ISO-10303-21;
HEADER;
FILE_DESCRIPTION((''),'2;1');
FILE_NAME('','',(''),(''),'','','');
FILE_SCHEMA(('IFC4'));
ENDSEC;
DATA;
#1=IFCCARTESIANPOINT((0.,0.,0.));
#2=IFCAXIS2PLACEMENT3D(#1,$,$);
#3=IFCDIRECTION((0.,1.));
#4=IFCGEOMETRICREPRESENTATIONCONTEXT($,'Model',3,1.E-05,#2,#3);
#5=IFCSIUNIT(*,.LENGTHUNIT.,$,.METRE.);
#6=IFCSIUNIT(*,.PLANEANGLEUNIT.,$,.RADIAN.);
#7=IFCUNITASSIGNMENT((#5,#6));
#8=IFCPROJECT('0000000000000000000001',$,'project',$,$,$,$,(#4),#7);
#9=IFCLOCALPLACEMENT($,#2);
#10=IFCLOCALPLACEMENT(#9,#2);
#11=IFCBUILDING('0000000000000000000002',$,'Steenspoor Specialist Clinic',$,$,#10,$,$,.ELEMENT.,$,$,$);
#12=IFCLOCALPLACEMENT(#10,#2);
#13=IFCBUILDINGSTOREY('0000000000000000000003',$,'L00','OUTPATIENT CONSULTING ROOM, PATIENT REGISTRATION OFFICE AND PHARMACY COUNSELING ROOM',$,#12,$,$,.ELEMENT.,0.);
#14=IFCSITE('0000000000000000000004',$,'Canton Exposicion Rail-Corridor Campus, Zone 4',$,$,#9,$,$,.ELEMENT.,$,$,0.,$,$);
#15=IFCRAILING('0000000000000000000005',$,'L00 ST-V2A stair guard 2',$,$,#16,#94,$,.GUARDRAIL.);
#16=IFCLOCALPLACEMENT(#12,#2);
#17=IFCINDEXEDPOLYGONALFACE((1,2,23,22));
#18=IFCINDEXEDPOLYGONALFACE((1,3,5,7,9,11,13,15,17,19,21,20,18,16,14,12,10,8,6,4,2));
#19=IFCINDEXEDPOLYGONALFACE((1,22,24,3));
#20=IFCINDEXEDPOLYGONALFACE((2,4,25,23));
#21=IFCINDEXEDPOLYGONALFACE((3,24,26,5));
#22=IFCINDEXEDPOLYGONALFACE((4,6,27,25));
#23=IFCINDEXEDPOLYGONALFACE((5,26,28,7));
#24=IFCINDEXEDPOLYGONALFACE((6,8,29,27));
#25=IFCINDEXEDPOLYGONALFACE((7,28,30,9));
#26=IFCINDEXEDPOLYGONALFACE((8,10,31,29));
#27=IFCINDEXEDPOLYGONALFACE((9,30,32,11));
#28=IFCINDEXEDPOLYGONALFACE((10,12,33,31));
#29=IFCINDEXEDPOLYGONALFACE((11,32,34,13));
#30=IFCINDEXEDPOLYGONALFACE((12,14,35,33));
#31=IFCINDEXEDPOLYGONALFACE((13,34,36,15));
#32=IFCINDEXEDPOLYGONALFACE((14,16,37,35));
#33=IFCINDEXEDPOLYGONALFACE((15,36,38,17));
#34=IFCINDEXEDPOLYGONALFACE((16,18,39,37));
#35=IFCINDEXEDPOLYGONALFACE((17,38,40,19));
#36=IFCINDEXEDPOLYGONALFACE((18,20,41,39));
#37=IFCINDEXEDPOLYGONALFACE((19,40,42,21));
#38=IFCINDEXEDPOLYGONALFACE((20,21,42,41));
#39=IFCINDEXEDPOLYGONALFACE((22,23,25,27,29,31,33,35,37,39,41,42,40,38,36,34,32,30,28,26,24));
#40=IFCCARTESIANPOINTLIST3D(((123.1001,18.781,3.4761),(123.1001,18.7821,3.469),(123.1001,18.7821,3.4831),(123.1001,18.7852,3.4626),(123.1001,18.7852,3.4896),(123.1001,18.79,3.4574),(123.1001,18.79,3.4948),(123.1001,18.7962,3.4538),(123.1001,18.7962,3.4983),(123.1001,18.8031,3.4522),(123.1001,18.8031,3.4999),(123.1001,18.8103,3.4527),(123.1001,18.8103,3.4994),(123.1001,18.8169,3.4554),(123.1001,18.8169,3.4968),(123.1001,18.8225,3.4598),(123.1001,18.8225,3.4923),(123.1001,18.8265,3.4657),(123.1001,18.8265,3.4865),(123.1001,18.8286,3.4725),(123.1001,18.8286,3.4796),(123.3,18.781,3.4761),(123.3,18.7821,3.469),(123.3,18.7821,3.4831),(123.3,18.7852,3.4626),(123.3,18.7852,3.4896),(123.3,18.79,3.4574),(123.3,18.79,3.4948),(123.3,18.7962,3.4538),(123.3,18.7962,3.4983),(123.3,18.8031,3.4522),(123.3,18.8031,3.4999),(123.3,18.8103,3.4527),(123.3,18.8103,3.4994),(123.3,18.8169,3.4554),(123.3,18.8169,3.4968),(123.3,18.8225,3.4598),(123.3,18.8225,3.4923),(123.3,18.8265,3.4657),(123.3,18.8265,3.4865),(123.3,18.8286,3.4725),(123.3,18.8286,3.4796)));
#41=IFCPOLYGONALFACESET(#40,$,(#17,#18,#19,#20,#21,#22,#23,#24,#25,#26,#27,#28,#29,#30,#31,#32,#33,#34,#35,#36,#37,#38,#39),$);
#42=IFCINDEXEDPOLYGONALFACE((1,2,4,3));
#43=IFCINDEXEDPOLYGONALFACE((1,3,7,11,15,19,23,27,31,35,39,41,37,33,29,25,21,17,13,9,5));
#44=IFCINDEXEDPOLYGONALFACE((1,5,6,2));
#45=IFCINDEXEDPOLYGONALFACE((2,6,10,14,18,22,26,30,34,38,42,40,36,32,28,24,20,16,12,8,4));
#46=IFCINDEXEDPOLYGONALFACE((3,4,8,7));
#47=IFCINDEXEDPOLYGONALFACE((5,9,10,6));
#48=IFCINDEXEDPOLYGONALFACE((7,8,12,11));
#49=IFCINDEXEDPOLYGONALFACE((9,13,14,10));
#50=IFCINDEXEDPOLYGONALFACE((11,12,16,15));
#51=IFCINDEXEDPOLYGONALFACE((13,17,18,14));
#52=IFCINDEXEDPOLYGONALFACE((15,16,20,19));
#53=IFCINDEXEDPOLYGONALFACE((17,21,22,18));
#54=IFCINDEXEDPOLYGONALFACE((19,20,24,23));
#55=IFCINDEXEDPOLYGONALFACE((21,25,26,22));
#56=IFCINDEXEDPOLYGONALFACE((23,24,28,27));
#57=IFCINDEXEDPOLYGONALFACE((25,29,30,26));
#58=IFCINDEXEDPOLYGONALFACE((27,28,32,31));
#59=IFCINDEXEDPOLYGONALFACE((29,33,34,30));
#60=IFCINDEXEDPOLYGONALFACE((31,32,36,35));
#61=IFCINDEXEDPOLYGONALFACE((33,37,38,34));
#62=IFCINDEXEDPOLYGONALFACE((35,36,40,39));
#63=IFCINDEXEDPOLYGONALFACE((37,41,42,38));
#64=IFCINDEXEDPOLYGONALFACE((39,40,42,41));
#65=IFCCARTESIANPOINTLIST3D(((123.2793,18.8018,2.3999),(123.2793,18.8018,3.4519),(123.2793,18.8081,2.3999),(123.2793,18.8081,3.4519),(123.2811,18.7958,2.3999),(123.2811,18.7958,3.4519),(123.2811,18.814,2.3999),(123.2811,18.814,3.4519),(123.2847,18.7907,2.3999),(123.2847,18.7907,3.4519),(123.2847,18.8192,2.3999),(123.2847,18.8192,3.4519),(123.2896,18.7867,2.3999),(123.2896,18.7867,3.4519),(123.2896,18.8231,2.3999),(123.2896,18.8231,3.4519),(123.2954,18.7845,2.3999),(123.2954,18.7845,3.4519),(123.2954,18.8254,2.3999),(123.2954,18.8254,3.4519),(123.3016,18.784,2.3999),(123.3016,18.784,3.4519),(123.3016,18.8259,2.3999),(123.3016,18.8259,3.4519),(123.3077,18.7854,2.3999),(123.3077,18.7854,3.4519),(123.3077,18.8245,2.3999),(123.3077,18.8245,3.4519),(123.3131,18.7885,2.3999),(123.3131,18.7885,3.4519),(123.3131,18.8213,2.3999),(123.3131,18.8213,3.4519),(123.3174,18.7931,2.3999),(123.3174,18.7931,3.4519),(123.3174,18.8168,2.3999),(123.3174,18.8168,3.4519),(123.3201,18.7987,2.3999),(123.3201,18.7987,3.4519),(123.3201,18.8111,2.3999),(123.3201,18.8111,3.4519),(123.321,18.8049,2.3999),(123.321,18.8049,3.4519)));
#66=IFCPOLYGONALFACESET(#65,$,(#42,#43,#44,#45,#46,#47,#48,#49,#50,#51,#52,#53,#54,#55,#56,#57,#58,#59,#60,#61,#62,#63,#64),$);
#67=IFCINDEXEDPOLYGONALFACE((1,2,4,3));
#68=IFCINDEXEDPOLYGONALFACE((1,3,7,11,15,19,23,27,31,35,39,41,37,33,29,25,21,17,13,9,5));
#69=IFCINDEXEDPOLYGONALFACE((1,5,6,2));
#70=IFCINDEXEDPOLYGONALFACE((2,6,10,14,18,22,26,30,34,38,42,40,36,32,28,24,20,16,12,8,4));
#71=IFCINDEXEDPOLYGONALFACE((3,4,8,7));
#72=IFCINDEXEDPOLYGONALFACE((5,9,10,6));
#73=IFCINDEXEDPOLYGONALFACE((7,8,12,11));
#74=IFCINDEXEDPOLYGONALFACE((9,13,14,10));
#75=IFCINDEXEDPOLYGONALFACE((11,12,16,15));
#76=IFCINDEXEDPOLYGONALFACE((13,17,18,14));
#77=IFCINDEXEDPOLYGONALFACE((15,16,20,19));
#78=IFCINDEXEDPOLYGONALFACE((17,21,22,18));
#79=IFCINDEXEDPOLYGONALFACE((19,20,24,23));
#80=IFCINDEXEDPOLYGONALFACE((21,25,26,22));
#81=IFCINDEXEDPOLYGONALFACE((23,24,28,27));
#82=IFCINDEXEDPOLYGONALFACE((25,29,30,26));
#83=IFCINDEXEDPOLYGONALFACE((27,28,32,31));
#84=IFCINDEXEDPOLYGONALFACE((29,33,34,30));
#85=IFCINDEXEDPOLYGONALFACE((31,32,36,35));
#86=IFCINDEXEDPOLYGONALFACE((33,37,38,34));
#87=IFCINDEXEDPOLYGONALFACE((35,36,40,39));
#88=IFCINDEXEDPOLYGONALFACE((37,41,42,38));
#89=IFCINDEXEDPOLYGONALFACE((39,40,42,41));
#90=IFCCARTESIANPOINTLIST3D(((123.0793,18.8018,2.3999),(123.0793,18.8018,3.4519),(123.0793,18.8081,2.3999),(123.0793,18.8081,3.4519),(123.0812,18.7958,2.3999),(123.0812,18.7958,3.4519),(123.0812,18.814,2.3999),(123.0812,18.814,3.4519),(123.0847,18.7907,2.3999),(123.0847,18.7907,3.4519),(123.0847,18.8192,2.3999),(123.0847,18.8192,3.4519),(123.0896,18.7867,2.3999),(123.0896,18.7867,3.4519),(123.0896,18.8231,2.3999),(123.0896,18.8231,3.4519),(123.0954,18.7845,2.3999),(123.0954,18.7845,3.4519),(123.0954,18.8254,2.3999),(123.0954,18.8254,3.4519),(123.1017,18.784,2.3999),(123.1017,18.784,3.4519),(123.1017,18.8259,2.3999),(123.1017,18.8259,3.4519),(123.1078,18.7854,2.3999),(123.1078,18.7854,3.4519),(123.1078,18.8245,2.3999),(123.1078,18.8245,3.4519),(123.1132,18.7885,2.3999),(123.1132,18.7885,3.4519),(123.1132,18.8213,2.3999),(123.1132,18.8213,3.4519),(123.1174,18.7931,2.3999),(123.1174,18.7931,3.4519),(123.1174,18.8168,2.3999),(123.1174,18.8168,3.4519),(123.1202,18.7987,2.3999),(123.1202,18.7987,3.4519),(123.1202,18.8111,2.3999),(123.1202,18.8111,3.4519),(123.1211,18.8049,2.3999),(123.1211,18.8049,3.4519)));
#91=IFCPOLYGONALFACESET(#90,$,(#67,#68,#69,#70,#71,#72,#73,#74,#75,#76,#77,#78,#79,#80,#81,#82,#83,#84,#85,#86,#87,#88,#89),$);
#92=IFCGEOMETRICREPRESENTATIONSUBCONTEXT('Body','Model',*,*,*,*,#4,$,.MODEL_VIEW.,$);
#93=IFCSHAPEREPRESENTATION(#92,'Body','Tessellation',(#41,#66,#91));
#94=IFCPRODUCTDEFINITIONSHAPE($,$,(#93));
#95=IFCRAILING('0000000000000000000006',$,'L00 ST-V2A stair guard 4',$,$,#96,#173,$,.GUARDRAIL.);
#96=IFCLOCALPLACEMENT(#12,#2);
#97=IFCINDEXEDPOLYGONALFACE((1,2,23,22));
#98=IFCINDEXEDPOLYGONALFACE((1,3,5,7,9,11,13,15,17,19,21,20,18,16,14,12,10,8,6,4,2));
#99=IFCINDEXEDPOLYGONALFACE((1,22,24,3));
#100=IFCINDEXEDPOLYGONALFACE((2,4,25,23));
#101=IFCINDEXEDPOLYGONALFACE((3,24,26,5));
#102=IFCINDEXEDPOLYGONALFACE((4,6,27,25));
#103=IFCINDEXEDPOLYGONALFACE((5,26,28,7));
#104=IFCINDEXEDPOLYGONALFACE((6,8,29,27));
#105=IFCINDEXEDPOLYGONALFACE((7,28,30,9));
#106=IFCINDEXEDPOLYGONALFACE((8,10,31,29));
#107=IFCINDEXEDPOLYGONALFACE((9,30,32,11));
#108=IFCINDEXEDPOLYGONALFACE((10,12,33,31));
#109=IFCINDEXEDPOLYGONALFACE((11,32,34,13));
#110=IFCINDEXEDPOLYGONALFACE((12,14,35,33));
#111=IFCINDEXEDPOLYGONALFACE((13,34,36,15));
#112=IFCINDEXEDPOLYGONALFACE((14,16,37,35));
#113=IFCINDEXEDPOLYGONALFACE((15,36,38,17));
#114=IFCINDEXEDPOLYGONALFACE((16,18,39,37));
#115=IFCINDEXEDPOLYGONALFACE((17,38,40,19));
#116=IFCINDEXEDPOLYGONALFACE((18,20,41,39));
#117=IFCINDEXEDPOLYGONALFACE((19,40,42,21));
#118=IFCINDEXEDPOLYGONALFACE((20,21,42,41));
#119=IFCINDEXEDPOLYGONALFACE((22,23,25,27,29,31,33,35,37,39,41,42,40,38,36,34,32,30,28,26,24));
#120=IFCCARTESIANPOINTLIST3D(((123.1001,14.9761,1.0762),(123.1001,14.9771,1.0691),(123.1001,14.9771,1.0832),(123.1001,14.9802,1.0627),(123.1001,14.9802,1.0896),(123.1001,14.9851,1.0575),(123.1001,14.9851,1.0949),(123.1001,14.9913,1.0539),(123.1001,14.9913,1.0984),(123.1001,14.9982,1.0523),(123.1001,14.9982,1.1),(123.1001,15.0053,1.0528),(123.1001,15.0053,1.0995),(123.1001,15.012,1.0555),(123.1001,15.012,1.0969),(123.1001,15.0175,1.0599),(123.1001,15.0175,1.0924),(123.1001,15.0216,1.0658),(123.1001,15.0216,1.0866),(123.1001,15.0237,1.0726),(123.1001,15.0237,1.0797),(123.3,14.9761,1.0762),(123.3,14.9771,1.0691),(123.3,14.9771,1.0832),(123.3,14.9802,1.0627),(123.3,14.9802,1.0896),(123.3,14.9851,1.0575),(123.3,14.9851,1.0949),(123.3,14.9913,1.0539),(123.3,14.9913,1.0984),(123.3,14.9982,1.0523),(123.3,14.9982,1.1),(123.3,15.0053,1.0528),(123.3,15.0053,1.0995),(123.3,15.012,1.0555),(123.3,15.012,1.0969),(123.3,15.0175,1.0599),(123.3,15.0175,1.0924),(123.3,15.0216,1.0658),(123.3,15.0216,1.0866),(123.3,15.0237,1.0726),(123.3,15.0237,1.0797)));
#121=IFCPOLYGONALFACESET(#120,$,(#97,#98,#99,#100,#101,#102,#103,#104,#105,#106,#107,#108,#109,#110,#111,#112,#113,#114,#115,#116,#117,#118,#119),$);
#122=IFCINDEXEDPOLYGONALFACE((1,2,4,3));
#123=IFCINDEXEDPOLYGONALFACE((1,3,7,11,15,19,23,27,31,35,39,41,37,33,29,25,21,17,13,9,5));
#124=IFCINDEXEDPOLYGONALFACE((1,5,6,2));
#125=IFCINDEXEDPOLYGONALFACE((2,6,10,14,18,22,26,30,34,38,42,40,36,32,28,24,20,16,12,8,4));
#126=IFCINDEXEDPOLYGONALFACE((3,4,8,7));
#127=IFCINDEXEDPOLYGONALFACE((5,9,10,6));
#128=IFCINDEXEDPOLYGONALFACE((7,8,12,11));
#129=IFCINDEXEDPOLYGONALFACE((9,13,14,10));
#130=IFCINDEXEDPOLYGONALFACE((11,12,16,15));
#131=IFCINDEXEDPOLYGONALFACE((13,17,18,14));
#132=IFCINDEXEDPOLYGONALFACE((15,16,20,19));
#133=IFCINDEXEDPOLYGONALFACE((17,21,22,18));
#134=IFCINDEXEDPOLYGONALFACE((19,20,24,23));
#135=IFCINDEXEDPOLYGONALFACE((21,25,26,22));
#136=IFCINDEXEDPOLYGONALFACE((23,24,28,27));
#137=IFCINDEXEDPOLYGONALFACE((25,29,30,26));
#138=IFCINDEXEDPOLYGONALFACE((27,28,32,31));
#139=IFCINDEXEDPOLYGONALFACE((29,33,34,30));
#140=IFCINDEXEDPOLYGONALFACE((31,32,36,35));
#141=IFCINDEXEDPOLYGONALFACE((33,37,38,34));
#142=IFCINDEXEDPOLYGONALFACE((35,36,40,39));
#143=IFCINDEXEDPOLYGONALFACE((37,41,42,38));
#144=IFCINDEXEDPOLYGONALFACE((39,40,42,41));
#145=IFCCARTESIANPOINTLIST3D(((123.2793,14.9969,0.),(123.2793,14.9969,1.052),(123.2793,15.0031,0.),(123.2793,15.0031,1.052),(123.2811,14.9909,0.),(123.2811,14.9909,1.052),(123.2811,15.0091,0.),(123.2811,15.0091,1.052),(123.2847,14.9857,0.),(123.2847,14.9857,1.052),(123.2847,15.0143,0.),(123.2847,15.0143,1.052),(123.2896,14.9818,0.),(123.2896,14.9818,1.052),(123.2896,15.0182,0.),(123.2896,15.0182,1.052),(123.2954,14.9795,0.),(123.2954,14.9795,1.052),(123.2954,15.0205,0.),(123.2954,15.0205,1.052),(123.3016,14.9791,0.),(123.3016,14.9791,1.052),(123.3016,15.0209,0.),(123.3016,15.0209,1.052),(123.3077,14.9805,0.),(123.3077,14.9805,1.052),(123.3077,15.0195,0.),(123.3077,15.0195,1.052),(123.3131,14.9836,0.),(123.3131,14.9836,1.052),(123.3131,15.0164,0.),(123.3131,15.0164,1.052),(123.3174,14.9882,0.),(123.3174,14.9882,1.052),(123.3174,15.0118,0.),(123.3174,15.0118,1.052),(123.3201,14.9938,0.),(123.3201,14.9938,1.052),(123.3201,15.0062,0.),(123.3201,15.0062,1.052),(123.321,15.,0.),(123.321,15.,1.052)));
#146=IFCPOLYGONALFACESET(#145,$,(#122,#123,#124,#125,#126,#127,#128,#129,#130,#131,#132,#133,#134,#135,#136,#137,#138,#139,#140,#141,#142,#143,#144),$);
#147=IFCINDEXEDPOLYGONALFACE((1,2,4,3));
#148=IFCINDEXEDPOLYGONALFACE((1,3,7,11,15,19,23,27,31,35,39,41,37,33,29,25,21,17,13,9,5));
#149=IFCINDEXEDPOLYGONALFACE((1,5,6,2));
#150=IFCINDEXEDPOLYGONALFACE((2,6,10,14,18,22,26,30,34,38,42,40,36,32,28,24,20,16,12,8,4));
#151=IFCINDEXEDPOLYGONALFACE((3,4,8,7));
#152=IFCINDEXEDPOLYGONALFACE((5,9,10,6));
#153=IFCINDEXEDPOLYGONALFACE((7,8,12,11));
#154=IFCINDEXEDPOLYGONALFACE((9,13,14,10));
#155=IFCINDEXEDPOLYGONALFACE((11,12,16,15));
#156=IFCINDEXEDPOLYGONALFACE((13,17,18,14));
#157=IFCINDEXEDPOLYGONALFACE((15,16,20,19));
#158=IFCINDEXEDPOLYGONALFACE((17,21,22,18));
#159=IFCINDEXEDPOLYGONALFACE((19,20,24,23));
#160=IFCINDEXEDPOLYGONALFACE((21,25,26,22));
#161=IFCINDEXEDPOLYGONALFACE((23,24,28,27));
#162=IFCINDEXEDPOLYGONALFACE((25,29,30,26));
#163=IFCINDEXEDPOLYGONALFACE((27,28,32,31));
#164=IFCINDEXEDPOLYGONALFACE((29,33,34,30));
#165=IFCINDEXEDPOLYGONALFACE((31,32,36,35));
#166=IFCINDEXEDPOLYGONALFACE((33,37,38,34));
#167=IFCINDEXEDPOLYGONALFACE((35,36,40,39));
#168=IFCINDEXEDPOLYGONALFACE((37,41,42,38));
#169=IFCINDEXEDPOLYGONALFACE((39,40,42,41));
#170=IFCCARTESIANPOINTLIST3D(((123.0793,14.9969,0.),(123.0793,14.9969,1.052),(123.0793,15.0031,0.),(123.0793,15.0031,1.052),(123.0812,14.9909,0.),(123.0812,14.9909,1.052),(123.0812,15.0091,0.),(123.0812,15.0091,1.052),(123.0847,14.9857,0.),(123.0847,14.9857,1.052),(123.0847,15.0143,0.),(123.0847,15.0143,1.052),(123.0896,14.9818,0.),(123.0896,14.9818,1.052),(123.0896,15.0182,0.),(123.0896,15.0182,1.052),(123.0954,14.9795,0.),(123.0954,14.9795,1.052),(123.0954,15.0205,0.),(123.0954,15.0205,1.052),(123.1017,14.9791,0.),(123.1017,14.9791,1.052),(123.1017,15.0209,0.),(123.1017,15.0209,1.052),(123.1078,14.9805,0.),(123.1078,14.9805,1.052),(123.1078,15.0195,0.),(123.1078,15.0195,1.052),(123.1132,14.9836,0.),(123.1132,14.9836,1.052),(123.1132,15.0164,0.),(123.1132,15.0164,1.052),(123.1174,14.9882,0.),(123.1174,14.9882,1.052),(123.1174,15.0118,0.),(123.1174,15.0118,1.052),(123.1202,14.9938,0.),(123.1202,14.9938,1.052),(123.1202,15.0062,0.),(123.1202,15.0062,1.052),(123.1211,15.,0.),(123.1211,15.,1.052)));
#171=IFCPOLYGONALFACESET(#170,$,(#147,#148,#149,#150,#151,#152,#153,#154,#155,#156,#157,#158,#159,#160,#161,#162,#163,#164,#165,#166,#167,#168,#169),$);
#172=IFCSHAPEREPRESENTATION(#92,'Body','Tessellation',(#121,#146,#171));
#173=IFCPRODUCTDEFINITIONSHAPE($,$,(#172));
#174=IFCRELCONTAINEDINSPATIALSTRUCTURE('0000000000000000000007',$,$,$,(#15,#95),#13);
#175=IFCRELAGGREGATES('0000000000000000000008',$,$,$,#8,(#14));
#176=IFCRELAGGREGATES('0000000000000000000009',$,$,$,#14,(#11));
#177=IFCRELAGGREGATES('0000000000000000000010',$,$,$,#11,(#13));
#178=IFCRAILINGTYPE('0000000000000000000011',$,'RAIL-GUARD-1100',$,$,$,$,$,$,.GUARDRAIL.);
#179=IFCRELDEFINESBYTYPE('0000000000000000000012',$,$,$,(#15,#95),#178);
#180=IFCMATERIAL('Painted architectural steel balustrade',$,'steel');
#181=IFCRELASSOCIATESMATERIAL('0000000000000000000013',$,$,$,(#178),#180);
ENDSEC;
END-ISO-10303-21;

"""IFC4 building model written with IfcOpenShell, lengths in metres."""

from ifc_helpers import new_model, si_unit, direction, frame, origin, origin_2d, place, context, subcontext, project, spatial, circle, extrude, material, type_object, element, save


model = new_model("IFC4")

# Units and contexts
model_context = context("Model", 3, precision=1e-05, world=origin(), true_north=direction((0.0, 1.0)))
body_context = subcontext(model_context, "Body", "Model", "MODEL_VIEW")
ifc_project = project(units=[si_unit("LENGTHUNIT", "METRE"), si_unit("PLANEANGLEUNIT", "RADIAN")], contexts=[model_context])

# Site, building, storey
site_placement = place(None, origin())
site = spatial("IfcSite", under=ifc_project, at=site_placement, Name="Canton Exposicion Rail-Corridor Campus, Zone 4", CompositionType="ELEMENT", RefElevation=0.0)
building_placement = place(site_placement, origin())
building = spatial("IfcBuilding", under=site, at=building_placement, Name="Steenspoor Specialist Clinic", CompositionType="ELEMENT")
storey_placement = place(building_placement, origin())
storey = spatial("IfcBuildingStorey", under=building, at=storey_placement, Name="L00", Description="OUTPATIENT CONSULTING ROOM, PATIENT REGISTRATION OFFICE AND PHARMACY COUNSELING ROOM", CompositionType="ELEMENT", Elevation=0.0)

# Railings
ifc_material_1 = material(Name="Painted architectural steel balustrade", Category="steel")
railing_type_1 = type_object("IfcRailingType", Name="RAIL-GUARD-1100", PredefinedType="GUARDRAIL", material=ifc_material_1)
for number, where, name in (
    (1, (123.3, 18.8049, 2.3999), "L00 ST-V2A stair guard 2"),
    (2, (123.3, 15.0, 0.0), "L00 ST-V2A stair guard 4"),
):
    element("IfcRailing", number, at=place(storey_placement, frame(where)), inside=storey, type_object=railing_type_1, Name=name, PredefinedType="GUARDRAIL", context=body_context, shape_type="SweptSolid", body=[
        extrude(circle(Radius=0.0239, at=origin_2d()), frame((0.0, 0.0, 1.0762), z_axis=(-1.0, 0.0, 0.0), x_axis=(0.0, -1.0, 0.0)), (0.0, 0.0, 1.0), 0.2),
        extrude(circle(Radius=0.021, at=origin_2d()), origin(), (0.0, 0.0, 1.0), 1.052),
        extrude(circle(Radius=0.021, at=origin_2d()), frame((-0.2, 0.0, 0.0)), (0.0, 0.0, 1.0), 1.052),
    ])

save(model, "model.ifc")
